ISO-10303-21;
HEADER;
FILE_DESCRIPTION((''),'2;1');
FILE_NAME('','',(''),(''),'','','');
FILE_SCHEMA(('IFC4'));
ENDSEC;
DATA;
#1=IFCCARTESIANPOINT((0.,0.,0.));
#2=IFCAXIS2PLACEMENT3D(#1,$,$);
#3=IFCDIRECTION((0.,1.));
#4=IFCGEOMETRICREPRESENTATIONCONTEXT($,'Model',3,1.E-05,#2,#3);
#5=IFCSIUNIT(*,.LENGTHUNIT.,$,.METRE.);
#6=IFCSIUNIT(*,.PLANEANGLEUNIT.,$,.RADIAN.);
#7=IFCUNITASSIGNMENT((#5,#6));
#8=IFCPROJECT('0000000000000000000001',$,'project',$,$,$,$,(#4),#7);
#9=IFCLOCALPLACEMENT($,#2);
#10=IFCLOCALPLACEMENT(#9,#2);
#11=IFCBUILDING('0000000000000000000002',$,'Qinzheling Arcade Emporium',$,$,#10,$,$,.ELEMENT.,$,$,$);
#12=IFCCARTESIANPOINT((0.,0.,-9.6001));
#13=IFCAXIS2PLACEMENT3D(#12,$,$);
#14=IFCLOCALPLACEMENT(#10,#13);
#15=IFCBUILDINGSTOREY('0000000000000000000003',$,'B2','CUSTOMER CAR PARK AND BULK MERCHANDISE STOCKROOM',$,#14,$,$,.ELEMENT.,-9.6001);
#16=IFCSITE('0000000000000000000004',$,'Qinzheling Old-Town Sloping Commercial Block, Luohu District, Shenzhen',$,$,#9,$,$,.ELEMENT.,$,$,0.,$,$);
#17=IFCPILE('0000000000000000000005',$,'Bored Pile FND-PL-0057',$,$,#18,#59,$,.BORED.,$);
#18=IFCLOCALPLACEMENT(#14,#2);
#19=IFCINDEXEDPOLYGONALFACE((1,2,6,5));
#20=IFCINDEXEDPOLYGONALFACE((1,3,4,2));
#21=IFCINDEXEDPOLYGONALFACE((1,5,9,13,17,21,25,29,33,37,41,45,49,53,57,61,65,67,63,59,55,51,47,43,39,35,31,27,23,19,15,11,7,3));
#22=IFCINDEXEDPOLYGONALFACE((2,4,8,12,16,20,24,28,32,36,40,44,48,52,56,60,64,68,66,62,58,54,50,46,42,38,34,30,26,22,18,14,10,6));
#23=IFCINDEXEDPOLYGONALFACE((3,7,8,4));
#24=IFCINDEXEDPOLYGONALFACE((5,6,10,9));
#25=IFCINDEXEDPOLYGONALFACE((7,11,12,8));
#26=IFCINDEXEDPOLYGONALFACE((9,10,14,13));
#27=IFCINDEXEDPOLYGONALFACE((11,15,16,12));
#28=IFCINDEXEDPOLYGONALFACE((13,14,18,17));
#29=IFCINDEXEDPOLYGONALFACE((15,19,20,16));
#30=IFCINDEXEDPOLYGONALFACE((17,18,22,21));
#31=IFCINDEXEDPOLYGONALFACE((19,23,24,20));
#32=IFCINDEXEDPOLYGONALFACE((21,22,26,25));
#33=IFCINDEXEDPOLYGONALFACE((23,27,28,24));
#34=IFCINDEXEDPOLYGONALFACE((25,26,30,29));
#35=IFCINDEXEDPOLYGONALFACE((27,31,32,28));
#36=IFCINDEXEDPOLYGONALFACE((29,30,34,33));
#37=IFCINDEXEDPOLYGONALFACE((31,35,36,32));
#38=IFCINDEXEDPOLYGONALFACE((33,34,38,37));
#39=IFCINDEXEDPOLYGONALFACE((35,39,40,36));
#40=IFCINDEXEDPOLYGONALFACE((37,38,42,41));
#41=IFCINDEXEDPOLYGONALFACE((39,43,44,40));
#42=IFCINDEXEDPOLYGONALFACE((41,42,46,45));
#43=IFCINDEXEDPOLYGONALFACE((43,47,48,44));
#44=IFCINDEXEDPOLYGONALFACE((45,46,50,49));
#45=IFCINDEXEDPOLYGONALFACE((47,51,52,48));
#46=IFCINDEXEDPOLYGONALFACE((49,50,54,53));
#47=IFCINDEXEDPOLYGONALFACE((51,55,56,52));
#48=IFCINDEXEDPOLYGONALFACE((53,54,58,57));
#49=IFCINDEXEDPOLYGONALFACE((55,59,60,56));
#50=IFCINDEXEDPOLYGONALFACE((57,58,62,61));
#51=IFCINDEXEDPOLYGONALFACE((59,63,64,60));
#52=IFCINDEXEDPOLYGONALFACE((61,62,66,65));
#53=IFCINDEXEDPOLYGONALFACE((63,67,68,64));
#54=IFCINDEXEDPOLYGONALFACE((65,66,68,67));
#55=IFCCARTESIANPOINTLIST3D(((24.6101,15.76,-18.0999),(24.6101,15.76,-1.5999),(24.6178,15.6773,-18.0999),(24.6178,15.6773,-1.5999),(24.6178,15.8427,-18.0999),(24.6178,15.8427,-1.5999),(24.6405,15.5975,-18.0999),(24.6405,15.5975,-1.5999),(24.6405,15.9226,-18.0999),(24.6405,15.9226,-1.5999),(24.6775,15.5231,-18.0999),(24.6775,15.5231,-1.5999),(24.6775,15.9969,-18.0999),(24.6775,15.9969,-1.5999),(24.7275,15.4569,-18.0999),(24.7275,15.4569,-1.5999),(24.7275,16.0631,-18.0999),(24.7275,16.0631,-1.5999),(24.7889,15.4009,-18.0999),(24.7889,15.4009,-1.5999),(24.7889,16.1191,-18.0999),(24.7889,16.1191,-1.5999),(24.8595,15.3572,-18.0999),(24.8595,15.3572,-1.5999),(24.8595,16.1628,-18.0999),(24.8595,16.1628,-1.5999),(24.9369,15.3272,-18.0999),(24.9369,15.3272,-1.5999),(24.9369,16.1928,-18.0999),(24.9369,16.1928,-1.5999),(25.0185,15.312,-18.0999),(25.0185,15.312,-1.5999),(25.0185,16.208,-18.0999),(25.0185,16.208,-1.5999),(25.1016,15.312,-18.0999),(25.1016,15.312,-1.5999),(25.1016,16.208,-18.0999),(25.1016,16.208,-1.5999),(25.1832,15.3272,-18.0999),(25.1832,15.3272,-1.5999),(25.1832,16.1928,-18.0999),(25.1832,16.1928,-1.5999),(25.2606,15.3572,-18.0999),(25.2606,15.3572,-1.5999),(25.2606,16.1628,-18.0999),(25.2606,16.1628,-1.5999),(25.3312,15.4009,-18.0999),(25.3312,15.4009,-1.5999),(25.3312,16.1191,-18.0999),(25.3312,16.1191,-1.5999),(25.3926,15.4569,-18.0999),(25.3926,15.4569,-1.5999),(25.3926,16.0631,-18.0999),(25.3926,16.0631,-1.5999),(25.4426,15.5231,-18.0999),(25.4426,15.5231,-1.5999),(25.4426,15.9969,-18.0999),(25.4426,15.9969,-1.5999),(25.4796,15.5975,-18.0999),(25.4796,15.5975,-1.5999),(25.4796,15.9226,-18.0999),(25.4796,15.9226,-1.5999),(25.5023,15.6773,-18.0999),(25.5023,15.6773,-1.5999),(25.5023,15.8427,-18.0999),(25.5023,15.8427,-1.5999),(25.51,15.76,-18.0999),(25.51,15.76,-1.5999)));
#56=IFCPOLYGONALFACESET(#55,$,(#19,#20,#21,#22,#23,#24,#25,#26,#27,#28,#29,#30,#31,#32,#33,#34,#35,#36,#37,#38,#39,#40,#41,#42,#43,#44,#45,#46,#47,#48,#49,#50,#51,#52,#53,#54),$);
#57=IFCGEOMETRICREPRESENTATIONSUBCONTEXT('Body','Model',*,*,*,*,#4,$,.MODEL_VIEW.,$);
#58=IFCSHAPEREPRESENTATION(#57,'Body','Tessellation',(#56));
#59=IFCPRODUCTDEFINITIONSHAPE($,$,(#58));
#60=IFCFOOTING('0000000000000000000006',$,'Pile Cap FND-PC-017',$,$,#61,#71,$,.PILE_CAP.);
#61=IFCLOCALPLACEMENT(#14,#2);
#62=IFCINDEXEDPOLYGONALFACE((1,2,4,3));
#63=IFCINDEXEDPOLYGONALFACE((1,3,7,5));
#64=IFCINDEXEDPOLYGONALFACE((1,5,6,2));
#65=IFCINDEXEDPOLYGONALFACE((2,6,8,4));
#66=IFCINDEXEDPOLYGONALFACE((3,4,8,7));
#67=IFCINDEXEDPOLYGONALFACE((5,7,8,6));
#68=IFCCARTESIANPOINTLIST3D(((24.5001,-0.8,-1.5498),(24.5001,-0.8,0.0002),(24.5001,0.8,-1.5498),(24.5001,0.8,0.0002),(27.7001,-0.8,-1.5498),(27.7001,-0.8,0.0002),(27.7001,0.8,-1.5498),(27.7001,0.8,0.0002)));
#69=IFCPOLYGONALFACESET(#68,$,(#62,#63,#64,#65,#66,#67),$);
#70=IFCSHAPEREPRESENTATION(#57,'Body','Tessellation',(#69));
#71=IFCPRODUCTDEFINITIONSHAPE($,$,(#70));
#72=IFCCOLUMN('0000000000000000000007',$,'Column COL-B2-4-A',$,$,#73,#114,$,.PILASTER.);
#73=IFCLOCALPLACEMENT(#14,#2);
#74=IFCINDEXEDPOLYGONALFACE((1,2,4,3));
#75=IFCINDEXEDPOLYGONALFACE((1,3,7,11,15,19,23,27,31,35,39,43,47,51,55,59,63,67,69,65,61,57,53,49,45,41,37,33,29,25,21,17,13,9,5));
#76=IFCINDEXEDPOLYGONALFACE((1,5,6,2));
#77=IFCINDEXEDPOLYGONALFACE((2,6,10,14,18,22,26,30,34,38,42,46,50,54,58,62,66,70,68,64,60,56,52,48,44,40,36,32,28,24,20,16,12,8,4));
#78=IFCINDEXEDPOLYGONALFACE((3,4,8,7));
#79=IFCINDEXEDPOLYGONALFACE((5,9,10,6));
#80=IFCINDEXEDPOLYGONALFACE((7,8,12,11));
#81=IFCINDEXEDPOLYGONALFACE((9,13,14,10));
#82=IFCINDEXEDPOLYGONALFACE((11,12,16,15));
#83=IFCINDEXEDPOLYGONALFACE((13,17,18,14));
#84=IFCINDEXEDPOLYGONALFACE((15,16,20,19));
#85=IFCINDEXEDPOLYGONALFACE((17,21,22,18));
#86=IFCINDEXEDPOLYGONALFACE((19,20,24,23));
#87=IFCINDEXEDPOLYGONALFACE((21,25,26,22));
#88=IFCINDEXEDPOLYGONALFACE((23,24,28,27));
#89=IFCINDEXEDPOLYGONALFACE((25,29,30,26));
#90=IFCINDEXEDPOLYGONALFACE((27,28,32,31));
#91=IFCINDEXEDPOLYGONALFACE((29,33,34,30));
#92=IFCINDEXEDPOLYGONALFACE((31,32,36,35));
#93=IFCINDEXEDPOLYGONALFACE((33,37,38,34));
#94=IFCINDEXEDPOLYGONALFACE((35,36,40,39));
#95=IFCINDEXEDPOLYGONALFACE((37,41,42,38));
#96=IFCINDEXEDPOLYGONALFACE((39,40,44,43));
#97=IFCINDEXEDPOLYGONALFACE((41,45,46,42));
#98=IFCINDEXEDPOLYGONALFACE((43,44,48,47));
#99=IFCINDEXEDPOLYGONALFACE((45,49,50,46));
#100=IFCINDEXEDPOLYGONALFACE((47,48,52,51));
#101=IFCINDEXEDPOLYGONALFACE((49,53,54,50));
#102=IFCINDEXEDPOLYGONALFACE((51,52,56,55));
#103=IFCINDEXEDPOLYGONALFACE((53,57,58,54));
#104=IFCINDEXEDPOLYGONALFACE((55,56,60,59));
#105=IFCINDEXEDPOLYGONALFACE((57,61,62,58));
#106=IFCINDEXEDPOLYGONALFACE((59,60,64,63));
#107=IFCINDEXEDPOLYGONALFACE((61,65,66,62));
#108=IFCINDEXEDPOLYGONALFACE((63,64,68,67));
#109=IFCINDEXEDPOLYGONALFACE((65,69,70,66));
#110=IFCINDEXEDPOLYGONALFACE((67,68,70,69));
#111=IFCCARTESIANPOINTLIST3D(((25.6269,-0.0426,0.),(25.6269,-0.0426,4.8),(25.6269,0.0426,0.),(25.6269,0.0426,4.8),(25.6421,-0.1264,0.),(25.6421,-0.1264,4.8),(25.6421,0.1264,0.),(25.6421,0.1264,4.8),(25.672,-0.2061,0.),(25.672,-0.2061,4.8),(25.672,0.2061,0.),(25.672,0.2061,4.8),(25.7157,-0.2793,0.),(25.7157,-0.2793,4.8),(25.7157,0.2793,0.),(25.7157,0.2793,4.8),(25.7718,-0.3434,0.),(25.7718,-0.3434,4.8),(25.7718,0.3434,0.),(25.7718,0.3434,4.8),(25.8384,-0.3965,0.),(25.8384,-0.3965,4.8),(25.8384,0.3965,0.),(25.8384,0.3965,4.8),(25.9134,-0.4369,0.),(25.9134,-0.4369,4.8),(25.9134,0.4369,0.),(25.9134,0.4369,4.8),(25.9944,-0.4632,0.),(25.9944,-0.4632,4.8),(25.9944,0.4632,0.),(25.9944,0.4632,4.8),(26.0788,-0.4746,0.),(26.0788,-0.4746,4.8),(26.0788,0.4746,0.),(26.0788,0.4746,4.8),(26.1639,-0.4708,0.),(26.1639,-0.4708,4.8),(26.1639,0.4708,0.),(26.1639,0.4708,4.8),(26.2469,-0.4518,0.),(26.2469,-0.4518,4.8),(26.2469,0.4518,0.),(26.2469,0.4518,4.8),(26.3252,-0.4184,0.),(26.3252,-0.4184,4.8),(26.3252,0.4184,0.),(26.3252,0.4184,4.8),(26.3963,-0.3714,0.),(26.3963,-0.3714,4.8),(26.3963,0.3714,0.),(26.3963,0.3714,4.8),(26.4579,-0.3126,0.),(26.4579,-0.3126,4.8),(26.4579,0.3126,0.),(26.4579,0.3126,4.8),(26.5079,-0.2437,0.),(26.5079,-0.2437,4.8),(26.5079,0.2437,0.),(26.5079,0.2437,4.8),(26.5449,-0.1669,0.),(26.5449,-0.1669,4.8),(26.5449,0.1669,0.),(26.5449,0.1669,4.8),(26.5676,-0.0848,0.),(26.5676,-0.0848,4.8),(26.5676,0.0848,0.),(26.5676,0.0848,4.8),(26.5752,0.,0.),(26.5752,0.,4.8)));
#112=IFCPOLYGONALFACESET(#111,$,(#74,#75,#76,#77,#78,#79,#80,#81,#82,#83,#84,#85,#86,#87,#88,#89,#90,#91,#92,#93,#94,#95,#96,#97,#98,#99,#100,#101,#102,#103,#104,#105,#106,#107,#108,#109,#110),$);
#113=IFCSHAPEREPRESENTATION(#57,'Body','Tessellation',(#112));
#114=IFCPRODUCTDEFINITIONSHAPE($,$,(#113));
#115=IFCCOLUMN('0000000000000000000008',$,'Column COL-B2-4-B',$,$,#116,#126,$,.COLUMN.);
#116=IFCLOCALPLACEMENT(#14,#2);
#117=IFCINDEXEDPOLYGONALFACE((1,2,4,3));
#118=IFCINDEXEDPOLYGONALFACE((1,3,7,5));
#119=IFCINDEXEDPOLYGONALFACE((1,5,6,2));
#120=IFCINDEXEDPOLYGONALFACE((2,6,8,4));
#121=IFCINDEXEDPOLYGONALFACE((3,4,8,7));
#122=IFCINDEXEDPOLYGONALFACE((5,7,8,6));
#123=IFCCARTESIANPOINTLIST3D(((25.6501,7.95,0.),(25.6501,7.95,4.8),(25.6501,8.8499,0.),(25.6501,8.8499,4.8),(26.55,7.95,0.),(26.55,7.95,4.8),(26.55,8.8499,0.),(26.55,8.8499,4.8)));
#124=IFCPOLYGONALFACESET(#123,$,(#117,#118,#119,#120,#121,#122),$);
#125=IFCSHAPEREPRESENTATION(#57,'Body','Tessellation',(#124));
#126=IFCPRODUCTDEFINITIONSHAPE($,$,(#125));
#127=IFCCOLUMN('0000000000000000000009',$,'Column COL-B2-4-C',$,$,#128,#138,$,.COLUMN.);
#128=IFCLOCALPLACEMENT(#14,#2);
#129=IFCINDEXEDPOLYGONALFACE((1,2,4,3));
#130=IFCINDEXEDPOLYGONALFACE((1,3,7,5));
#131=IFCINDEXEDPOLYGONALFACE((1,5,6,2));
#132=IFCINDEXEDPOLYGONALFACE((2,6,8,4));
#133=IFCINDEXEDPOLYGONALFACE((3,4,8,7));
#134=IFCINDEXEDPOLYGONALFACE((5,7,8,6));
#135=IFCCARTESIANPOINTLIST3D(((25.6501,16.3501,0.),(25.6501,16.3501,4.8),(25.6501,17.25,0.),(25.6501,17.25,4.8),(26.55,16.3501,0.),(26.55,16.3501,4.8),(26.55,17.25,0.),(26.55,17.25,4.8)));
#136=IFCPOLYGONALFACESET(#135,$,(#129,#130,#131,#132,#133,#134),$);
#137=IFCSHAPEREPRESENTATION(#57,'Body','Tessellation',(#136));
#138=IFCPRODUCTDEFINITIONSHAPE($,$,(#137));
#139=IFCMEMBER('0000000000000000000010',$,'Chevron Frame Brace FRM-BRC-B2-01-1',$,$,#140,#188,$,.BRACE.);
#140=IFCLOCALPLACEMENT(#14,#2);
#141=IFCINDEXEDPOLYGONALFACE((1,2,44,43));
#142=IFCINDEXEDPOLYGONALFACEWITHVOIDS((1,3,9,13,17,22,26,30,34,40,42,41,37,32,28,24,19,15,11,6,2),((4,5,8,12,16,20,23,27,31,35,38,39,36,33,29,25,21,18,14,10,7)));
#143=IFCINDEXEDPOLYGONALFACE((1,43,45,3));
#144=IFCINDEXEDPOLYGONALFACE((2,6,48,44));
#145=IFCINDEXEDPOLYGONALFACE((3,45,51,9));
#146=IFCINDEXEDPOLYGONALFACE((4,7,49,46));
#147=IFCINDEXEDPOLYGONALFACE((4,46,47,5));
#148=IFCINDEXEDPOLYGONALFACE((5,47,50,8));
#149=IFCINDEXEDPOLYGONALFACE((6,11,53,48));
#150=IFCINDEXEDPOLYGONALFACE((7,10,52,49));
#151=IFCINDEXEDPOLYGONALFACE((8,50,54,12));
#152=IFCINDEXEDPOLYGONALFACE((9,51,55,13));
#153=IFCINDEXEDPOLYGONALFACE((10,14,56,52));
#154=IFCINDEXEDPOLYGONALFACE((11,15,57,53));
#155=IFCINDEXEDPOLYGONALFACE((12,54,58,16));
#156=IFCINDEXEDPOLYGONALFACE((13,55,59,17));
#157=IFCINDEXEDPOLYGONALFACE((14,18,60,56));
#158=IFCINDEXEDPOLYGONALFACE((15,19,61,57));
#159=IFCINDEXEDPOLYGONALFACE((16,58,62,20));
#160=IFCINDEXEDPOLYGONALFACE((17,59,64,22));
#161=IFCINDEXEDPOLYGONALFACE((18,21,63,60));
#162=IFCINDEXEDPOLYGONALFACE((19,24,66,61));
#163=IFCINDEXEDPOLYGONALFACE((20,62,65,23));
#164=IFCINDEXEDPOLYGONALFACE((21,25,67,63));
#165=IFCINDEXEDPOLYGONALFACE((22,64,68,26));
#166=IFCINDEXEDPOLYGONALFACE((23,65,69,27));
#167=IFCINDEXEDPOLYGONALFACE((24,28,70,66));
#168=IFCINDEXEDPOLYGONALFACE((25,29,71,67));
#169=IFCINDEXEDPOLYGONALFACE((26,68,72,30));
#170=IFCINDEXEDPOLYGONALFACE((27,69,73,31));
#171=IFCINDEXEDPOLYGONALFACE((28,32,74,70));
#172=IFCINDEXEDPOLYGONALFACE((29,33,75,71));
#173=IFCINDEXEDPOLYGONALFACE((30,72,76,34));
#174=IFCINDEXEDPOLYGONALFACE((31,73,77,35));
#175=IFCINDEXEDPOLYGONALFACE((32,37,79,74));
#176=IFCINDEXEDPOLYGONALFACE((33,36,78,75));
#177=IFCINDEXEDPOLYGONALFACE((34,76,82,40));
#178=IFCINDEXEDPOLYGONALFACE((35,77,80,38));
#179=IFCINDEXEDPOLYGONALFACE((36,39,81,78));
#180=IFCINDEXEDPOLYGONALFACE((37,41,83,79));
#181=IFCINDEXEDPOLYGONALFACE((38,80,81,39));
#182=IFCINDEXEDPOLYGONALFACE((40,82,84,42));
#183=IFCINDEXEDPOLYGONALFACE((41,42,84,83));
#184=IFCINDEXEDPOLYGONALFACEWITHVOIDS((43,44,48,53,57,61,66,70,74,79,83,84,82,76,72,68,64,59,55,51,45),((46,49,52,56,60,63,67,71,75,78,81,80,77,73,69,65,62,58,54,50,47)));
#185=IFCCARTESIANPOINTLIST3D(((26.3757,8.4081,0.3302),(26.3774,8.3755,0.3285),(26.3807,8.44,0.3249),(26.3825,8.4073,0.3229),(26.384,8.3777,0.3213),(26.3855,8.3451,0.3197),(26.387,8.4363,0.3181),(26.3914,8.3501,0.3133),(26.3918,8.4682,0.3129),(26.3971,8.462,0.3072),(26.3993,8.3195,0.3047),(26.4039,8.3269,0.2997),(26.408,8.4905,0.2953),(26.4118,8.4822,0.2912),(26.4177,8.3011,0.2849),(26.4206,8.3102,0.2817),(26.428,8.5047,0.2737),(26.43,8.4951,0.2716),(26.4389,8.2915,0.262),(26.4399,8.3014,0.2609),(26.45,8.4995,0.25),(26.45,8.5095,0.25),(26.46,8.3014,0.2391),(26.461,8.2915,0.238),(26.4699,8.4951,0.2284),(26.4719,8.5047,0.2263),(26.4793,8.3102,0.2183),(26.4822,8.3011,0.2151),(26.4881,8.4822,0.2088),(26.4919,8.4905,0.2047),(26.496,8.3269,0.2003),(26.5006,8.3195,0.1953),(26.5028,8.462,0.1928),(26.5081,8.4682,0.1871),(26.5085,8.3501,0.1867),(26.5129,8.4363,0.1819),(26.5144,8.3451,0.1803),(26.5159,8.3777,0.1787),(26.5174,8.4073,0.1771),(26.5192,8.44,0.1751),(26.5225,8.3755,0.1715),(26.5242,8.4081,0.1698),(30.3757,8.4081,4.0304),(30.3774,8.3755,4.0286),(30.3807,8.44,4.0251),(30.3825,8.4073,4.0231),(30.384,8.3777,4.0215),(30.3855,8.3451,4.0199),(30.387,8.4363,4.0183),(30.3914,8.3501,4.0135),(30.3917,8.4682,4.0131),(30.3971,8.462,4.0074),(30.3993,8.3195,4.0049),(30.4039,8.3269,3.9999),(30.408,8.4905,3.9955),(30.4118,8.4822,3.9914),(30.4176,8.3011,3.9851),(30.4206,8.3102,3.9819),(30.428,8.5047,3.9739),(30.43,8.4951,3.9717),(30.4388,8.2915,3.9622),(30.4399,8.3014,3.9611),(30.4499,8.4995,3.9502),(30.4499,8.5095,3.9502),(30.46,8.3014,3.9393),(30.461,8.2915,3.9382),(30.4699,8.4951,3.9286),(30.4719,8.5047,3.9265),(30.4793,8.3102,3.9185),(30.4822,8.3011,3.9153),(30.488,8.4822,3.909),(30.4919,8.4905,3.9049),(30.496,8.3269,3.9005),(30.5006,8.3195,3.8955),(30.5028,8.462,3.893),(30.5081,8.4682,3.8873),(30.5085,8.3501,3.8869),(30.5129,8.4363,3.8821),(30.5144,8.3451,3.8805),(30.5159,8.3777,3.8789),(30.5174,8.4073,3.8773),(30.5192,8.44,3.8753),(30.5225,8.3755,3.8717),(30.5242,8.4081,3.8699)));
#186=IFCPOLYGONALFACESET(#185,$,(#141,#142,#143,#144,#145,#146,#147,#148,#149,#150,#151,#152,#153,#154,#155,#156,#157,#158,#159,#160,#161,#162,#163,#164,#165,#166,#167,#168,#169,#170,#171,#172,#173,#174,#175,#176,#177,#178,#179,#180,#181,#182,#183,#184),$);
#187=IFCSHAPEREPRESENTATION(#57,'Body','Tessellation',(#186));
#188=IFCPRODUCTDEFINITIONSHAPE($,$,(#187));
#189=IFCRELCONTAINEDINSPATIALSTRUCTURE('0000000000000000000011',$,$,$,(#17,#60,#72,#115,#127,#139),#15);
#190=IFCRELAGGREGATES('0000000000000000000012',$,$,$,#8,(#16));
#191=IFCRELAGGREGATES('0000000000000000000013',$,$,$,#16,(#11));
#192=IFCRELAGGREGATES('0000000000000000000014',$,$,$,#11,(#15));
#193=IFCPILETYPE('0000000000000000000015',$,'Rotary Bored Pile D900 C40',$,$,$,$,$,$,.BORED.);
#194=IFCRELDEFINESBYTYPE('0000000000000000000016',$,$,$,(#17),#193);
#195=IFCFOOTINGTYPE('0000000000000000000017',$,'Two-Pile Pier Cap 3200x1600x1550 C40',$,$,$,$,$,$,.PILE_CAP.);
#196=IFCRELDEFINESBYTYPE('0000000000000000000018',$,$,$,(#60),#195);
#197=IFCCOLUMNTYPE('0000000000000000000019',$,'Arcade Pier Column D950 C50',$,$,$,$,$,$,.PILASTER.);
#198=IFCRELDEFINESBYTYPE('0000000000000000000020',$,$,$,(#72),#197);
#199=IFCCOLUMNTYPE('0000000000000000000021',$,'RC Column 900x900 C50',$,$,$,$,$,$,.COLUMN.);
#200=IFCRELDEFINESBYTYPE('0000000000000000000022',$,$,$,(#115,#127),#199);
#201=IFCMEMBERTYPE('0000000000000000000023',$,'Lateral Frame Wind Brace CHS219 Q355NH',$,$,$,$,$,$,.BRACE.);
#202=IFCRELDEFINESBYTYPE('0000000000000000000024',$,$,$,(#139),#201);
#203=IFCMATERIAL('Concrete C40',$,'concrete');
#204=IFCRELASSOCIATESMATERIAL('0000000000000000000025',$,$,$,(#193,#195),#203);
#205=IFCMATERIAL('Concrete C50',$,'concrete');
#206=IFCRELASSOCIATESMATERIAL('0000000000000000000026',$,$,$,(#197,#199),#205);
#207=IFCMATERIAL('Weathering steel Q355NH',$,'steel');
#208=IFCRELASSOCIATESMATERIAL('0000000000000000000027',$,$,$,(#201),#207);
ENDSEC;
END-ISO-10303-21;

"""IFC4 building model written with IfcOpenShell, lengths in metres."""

from ifc_helpers import new_model, si_unit, direction, frame, origin, origin_2d, place, context, subcontext, project, spatial, rectangle, circle, hollow_circle, extrude, material, material_profile, profile_set, type_object, element, save


model = new_model("IFC4")

# Units and contexts
model_context = context("Model", 3, precision=1e-05, world=origin(), true_north=direction((0.0, 1.0)))
body_context = subcontext(model_context, "Body", "Model", "MODEL_VIEW")
ifc_project = project(units=[si_unit("LENGTHUNIT", "METRE"), si_unit("PLANEANGLEUNIT", "RADIAN")], contexts=[model_context])

# Site, building, storey
site_placement = place(None, origin())
site = spatial("IfcSite", under=ifc_project, at=site_placement, Name="Qinzheling Old-Town Sloping Commercial Block, Luohu District, Shenzhen", CompositionType="ELEMENT", RefElevation=0.0)
building_placement = place(site_placement, origin())
building = spatial("IfcBuilding", under=site, at=building_placement, Name="Qinzheling Arcade Emporium", CompositionType="ELEMENT")
storey_placement = place(building_placement, frame((0.0, 0.0, -9.6001)))
storey = spatial("IfcBuildingStorey", under=building, at=storey_placement, Name="B2", Description="CUSTOMER CAR PARK AND BULK MERCHANDISE STOCKROOM", CompositionType="ELEMENT", Elevation=-9.6001)

# Shared definitions
ifc_material_1 = material(Name="Concrete C40", Category="concrete")

# Pile
ifc_material_profile_1 = material_profile(ifc_material_1, circle(Radius=0.45, at=origin_2d()), Name="BORED D900", Category="concrete")
ifc_profile_set_1 = profile_set([ifc_material_profile_1], Name="Concrete C40")
pile_type_1 = type_object("IfcPileType", Name="Rotary Bored Pile D900 C40", PredefinedType="BORED", material=ifc_profile_set_1)
pile_1_placement = place(storey_placement, frame((25.0601, 15.76, -1.5999), z_axis=(0.0, 0.0, -1.0), x_axis=(1.0, 0.0, 0.0)))
element("IfcPile", 1, at=pile_1_placement, inside=storey, type_object=pile_type_1, Name="Bored Pile FND-PL-0057", PredefinedType="BORED", context=body_context, shape_type="SweptSolid", body=[
    extrude(circle(Radius=0.45, at=origin_2d()), origin(), (0.0, 0.0, 1.0), 16.5),
])

# Footing
footing_type_1 = type_object("IfcFootingType", Name="Two-Pile Pier Cap 3200x1600x1550 C40", PredefinedType="PILE_CAP", material=ifc_material_1)
footing_1_placement = place(storey_placement, frame((26.1001, 0.0, -1.5498), z_axis=(0.0, 0.0, 1.0), x_axis=(1.0, 0.0, 0.0)))
element("IfcFooting", 2, at=footing_1_placement, inside=storey, type_object=footing_type_1, Name="Pile Cap FND-PC-017", PredefinedType="PILE_CAP", context=body_context, shape_type="SweptSolid", body=[
    extrude(rectangle(XDim=3.2, YDim=1.6001, at=origin_2d()), origin(), (0.0, 0.0, 1.0), 1.55),
])

# Columns
ifc_material_2 = material(Name="Concrete C50", Category="concrete")
ifc_material_profile_2 = material_profile(ifc_material_2, circle(Radius=0.4751, at=origin_2d()), Name="RC D950", Category="concrete")
ifc_profile_set_2 = profile_set([ifc_material_profile_2], Name="Concrete C50")
column_type_1 = type_object("IfcColumnType", Name="Arcade Pier Column D950 C50", PredefinedType="PILASTER", material=ifc_profile_set_2)
column_placement = place(storey_placement, frame((26.1001, 0.0, 0.0), z_axis=(0.0, 0.0, 1.0), x_axis=(1.0, 0.0, 0.0)))
element("IfcColumn", 3, at=column_placement, inside=storey, type_object=column_type_1, Name="Column COL-B2-4-A", PredefinedType="PILASTER", context=body_context, shape_type="SweptSolid", body=[
    extrude(circle(Radius=0.4751, at=origin_2d()), origin(), (0.0, 0.0, 1.0), 4.8),
])
ifc_material_profile_3 = material_profile(ifc_material_2, rectangle(XDim=0.8999, YDim=0.8999, at=origin_2d()), Name="RC 900x900", Category="concrete")
ifc_profile_set_3 = profile_set([ifc_material_profile_3], Name="Concrete C50")
column_type_2 = type_object("IfcColumnType", Name="RC Column 900x900 C50", PredefinedType="COLUMN", material=ifc_profile_set_3)
for number, where, z_axis, x_axis, name in (
    (4, (26.1001, 8.3999, 0.0), (0.0, 0.0, 1.0), (1.0, 0.0, 0.0), "Column COL-B2-4-B"),
    (5, (26.1001, 16.8, 0.0), (0.0, 0.0, 1.0), (1.0, 0.0, 0.0), "Column COL-B2-4-C"),
):
    element("IfcColumn", number, at=place(storey_placement, frame(where, z_axis=z_axis, x_axis=x_axis)), inside=storey, type_object=column_type_2, Name=name, PredefinedType="COLUMN", context=body_context, shape_type="SweptSolid", body=[
        extrude(rectangle(XDim=0.8999, YDim=0.8999, at=origin_2d()), origin(), (0.0, 0.0, 1.0), 4.8),
    ])

# Member
ifc_material_3 = material(Name="Weathering steel Q355NH", Category="steel")
ifc_material_profile_4 = material_profile(ifc_material_3, hollow_circle(Radius=0.1096, WallThickness=0.01, at=origin_2d()), Name="CHS 219x10", Category="steel")
ifc_profile_set_4 = profile_set([ifc_material_profile_4], Name="Weathering steel Q355NH")
member_type_1 = type_object("IfcMemberType", Name="Lateral Frame Wind Brace CHS219 Q355NH", PredefinedType="BRACE", material=ifc_profile_set_4)
member_1_placement = place(storey_placement, frame((26.45, 8.3999, 0.25), z_axis=(0.734082, 0.0, 0.679061), x_axis=(0.0, 1.0, 0.0)))
element("IfcMember", 6, at=member_1_placement, inside=storey, type_object=member_type_1, Name="Chevron Frame Brace FRM-BRC-B2-01-1", PredefinedType="BRACE", context=body_context, shape_type="SweptSolid", body=[
    extrude(hollow_circle(Radius=0.1096, WallThickness=0.01, at=origin_2d()), origin(), (0.0, 0.0, 1.0), 5.449),
])

save(model, "model.ifc")
